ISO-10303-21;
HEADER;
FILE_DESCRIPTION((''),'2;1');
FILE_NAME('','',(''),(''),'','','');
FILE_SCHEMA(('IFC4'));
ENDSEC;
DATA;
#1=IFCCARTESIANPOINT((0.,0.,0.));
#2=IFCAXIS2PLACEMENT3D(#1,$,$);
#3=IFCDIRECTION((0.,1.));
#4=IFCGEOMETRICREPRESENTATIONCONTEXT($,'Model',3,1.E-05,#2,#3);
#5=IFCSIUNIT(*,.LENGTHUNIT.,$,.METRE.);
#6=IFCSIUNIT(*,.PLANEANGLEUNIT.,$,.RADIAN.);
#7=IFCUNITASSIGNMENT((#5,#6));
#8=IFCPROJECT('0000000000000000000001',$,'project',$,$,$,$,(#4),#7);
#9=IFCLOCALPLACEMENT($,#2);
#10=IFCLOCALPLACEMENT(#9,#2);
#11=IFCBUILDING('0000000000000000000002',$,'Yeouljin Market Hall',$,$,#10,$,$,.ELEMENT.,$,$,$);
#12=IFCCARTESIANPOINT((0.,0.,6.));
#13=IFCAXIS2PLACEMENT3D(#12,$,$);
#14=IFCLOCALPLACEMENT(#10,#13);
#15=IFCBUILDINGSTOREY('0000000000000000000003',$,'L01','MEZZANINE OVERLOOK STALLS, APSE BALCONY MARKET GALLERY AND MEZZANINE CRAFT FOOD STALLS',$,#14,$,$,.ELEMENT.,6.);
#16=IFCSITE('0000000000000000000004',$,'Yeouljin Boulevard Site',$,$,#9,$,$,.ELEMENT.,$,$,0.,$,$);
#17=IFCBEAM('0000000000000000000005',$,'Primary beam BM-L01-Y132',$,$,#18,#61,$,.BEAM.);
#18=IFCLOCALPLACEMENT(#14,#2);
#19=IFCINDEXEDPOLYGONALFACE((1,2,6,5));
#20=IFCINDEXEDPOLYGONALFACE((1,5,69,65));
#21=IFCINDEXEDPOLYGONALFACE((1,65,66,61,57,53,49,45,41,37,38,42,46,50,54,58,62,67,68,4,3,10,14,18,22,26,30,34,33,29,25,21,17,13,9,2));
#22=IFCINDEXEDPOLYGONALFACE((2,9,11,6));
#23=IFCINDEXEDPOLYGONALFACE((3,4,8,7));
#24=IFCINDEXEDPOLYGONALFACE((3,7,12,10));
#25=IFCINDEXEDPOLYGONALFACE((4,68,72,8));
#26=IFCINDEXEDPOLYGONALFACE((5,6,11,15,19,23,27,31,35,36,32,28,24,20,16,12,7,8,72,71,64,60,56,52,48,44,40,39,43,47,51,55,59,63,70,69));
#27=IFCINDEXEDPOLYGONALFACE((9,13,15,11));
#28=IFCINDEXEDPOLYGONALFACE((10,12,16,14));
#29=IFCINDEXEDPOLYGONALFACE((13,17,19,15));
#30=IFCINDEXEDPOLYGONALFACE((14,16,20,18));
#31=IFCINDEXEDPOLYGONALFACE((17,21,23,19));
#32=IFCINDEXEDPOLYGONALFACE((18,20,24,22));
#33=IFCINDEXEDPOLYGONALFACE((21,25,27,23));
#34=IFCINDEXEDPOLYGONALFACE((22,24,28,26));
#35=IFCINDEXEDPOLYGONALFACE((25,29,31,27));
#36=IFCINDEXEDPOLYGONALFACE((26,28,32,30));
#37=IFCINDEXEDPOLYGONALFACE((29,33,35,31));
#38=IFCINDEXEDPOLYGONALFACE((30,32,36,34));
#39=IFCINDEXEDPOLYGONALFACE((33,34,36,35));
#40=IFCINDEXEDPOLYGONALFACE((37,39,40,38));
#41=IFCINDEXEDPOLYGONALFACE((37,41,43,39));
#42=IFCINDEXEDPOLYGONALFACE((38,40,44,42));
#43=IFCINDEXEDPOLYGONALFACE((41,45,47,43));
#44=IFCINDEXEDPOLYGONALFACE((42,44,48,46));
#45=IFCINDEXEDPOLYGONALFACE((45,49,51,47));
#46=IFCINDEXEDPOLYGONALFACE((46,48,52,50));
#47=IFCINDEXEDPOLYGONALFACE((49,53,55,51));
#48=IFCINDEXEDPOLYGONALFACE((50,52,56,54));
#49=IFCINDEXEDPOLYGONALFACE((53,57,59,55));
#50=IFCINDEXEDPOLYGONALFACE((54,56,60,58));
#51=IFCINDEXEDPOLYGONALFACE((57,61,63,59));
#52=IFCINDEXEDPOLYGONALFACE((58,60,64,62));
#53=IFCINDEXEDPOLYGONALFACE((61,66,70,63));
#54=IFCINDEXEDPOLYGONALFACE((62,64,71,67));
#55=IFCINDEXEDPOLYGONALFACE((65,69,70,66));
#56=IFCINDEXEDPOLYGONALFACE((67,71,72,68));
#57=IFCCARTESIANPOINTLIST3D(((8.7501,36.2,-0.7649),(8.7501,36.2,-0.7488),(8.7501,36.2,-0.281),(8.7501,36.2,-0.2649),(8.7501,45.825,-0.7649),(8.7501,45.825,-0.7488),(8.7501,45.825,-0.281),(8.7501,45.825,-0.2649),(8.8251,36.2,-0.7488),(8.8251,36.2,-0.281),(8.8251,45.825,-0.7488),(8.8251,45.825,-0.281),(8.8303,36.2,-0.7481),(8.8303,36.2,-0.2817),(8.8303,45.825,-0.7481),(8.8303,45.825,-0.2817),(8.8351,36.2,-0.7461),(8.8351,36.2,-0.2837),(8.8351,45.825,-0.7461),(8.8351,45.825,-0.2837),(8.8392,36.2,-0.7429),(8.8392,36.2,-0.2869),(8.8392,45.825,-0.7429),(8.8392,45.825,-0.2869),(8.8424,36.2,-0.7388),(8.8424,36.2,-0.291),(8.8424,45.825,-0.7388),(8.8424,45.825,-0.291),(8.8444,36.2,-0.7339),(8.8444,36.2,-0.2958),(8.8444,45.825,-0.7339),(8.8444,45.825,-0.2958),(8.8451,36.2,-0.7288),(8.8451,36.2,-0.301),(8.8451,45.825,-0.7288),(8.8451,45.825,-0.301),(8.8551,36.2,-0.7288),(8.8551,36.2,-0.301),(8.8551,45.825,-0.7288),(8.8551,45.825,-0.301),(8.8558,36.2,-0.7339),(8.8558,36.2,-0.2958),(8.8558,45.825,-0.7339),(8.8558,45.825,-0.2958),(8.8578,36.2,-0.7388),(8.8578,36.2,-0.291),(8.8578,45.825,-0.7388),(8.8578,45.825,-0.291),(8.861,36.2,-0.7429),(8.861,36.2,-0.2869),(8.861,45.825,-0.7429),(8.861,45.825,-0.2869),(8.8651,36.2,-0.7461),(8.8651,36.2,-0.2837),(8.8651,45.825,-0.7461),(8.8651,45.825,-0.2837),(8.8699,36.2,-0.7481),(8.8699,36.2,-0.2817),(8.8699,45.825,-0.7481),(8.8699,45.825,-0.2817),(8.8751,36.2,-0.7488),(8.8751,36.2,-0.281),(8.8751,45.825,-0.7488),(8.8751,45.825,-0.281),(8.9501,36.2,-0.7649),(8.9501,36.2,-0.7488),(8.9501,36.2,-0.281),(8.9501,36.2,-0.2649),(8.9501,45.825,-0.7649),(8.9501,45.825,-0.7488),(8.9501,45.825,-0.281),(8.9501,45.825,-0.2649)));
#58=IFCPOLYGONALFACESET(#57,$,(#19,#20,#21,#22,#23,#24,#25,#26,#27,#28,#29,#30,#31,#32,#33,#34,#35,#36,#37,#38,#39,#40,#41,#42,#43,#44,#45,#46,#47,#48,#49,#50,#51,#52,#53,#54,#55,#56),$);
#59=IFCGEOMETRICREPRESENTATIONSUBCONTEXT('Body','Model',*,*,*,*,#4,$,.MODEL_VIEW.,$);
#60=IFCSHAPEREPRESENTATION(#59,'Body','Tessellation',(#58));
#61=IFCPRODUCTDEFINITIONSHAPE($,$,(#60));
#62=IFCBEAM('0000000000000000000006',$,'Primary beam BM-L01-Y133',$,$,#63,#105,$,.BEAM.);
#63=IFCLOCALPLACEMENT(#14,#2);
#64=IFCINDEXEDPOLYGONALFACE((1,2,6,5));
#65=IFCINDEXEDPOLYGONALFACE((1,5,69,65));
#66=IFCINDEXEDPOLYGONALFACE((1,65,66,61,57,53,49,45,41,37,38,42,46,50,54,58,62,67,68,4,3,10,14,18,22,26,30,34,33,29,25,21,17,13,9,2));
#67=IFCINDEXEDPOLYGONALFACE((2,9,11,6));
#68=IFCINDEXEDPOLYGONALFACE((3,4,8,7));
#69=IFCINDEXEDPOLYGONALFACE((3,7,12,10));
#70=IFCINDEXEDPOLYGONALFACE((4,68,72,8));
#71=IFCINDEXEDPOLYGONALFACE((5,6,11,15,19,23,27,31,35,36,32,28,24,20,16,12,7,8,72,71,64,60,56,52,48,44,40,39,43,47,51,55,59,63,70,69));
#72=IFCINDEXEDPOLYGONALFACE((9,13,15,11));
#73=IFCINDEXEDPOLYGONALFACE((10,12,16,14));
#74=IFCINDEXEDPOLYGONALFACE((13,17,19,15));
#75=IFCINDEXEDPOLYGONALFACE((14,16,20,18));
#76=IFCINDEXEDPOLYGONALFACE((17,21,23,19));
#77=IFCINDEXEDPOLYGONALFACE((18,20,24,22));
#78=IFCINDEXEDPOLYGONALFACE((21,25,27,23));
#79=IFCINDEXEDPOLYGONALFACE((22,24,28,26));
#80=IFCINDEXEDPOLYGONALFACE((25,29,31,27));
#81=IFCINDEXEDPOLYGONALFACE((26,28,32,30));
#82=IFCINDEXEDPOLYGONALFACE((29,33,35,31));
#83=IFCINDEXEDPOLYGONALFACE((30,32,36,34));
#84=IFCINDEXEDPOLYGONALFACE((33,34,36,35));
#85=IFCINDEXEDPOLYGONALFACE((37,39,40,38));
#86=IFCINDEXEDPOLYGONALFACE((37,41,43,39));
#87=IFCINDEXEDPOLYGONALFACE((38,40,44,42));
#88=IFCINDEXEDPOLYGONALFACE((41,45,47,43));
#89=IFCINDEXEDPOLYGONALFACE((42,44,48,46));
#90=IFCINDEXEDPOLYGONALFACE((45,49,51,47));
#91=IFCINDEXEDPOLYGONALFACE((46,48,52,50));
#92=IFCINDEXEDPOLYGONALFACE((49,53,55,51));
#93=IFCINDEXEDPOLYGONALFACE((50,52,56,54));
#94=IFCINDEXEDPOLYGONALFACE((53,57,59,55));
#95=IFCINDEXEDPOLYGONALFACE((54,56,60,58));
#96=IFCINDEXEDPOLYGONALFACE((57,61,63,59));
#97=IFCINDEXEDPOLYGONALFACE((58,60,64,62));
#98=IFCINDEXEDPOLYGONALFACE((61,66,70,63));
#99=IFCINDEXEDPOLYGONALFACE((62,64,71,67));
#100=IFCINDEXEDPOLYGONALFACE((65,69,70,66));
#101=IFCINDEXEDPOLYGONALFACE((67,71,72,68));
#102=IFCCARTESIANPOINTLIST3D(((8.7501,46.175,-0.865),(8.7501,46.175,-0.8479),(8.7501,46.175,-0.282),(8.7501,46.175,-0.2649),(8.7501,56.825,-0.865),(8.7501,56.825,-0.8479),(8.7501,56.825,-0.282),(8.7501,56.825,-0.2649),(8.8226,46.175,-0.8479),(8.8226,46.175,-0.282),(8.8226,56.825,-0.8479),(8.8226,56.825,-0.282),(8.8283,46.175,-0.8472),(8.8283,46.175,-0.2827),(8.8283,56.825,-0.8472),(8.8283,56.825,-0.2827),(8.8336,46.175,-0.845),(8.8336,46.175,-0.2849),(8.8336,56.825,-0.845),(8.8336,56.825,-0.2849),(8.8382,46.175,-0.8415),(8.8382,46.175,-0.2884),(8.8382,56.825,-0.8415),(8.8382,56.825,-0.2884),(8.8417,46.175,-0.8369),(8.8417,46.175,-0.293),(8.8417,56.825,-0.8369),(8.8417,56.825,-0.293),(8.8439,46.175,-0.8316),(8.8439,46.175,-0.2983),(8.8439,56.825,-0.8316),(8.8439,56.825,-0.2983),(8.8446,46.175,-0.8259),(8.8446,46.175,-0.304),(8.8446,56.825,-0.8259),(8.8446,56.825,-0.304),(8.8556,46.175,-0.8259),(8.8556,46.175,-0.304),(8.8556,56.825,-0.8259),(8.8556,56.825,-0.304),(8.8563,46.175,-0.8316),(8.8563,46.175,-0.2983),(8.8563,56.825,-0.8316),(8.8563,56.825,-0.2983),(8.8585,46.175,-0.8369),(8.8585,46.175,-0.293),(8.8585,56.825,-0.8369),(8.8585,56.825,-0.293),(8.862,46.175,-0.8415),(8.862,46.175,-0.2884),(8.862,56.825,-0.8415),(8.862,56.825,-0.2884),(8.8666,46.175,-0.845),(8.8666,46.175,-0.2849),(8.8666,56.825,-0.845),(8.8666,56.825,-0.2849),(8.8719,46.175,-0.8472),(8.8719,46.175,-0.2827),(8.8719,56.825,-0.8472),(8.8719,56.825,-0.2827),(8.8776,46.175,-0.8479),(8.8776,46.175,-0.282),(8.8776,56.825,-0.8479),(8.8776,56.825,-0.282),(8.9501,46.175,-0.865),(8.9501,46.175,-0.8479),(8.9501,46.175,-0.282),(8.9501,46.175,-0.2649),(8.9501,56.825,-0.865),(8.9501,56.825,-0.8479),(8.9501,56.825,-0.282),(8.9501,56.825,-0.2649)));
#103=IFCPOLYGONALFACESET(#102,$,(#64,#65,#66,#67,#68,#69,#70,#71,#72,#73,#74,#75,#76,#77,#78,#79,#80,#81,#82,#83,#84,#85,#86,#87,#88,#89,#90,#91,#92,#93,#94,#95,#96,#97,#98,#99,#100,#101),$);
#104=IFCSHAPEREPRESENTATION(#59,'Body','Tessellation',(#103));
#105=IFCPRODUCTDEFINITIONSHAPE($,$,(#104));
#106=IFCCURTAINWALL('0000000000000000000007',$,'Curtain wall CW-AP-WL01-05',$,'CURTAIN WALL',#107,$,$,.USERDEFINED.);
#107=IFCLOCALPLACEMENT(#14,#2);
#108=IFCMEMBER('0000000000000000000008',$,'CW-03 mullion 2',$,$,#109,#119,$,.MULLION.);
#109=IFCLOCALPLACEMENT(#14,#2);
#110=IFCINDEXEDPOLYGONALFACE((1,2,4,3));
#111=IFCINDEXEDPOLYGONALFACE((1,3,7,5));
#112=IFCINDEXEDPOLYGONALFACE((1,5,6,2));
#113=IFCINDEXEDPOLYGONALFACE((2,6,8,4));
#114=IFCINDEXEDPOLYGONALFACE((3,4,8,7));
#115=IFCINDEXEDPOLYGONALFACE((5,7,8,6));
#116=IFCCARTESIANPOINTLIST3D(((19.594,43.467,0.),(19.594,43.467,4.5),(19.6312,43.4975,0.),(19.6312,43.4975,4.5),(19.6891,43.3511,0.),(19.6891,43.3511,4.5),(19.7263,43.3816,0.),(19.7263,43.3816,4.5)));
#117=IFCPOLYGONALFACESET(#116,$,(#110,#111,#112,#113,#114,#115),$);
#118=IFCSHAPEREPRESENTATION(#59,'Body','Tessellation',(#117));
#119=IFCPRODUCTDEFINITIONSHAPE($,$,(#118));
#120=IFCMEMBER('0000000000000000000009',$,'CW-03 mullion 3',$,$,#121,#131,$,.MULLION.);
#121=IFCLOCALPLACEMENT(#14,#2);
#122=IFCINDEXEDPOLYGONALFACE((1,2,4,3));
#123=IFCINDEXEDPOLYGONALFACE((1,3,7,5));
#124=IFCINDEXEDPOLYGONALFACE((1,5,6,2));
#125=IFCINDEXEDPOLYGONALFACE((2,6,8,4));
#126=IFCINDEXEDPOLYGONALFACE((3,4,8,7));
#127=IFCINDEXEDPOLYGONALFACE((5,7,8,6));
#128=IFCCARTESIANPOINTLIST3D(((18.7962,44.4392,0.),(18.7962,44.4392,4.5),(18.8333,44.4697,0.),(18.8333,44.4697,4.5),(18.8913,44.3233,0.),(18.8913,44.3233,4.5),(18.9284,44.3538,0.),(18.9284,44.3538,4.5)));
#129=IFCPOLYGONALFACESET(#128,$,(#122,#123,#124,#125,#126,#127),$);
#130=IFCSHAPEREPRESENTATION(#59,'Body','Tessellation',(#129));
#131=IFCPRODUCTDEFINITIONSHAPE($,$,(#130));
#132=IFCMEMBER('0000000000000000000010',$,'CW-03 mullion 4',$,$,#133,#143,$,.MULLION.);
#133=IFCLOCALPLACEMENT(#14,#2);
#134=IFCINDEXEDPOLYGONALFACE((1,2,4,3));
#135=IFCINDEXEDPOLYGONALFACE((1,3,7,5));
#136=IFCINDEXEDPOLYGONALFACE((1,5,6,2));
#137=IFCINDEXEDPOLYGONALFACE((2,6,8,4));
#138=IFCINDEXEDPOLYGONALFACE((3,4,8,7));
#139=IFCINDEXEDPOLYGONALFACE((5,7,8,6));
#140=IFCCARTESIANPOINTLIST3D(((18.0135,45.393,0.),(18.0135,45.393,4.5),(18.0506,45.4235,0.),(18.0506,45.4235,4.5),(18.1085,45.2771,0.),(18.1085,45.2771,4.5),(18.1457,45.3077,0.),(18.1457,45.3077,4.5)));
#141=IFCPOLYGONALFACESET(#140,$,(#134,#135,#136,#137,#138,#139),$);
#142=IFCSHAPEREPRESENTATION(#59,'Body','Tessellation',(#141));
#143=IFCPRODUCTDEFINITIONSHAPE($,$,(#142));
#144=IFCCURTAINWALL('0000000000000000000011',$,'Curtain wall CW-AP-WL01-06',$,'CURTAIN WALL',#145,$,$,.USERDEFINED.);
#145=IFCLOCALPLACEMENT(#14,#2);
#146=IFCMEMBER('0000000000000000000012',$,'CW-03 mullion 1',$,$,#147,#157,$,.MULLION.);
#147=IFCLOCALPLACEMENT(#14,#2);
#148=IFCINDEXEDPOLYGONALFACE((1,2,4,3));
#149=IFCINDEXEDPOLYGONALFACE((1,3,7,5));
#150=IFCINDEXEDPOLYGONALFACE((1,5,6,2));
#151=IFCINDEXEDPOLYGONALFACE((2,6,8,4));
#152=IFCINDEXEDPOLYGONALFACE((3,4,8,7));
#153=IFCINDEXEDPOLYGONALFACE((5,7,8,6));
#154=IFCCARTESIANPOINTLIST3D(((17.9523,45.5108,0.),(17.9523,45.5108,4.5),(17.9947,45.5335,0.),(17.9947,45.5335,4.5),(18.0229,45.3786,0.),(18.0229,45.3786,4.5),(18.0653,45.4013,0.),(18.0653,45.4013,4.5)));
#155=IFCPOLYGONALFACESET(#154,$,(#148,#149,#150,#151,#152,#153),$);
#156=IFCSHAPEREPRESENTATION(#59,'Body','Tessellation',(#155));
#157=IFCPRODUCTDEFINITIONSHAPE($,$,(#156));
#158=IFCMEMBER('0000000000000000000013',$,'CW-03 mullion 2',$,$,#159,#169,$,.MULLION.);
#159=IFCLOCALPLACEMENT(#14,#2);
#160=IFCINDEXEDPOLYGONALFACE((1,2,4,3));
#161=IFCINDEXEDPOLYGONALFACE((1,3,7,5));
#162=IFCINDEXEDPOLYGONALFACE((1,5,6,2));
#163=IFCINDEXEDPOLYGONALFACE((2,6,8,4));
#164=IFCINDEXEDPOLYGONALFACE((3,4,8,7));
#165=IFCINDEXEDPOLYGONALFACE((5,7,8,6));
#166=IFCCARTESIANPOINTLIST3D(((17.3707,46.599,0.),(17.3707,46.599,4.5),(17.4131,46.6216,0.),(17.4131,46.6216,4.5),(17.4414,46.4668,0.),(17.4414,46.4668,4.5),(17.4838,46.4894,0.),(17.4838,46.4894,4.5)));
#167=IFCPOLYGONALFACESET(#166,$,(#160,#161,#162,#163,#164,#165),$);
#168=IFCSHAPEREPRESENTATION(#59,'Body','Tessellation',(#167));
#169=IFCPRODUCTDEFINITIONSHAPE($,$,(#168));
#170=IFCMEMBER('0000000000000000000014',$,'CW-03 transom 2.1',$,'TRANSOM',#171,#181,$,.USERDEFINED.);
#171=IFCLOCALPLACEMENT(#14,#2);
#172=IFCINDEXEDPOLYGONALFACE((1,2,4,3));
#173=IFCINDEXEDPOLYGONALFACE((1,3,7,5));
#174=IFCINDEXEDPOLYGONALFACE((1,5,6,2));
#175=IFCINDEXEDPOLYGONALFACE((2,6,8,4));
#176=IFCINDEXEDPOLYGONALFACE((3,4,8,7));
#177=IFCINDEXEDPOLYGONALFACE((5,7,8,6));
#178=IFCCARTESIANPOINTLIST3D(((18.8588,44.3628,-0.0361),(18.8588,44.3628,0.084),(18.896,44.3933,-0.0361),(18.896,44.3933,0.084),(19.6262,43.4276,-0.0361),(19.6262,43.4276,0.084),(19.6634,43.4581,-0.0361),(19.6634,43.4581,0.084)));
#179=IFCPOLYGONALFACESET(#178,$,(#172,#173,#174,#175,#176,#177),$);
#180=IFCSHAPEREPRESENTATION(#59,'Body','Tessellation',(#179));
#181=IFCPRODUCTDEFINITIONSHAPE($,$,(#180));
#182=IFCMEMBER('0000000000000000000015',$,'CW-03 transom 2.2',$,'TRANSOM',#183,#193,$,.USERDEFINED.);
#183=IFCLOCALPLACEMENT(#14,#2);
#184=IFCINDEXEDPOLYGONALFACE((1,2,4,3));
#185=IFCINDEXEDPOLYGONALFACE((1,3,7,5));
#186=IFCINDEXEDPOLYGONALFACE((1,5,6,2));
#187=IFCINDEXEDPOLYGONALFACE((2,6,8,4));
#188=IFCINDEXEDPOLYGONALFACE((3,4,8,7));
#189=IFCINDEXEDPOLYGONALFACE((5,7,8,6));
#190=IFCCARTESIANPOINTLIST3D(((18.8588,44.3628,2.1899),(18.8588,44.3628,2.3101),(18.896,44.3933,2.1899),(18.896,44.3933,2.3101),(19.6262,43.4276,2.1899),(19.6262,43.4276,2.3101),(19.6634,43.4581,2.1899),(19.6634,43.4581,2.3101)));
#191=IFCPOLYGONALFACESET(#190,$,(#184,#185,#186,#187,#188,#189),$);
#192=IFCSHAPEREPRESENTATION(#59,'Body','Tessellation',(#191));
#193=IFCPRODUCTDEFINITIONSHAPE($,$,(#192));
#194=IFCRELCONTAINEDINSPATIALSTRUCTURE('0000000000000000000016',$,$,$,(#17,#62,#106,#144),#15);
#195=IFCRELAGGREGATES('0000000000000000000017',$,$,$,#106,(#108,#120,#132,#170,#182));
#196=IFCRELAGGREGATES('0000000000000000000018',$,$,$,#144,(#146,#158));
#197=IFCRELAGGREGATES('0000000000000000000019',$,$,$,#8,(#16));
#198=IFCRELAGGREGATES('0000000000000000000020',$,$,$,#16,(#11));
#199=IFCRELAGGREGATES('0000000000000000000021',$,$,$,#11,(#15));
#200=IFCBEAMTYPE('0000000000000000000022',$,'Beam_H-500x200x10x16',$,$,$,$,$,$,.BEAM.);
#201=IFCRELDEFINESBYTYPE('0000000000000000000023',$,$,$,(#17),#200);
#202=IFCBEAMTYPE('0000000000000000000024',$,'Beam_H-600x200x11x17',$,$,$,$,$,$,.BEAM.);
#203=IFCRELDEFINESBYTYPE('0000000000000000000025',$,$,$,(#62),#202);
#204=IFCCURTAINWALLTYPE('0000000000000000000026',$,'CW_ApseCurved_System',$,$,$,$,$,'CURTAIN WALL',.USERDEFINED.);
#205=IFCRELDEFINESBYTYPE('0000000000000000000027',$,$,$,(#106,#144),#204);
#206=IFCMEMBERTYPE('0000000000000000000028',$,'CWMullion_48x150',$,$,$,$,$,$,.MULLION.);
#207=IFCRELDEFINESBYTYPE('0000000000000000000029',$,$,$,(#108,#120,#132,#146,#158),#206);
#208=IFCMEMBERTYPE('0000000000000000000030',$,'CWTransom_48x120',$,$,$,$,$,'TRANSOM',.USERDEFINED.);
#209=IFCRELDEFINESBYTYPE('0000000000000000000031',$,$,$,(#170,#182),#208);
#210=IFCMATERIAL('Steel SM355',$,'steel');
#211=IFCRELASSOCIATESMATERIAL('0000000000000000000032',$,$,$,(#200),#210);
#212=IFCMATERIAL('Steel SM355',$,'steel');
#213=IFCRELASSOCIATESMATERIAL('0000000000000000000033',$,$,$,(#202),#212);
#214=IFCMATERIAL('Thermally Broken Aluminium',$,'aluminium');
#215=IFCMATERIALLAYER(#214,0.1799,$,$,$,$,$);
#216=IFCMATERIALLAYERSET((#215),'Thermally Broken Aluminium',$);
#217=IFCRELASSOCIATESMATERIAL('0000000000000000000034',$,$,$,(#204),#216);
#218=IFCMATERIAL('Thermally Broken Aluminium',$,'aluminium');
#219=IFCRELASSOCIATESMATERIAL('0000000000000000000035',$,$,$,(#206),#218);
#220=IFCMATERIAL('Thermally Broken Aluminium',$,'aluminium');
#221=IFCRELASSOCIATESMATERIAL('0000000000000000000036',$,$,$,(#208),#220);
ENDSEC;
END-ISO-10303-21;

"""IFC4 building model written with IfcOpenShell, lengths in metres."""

from ifc_helpers import new_model, si_unit, direction, frame, origin, origin_2d, place, context, subcontext, project, spatial, rectangle, i_section, extrude, material, layer, layer_set, material_profile, profile_set, type_object, element, aggregate, save


model = new_model("IFC4")

# Units and contexts
model_context = context("Model", 3, precision=1e-05, world=origin(), true_north=direction((0.0, 1.0)))
body_context = subcontext(model_context, "Body", "Model", "MODEL_VIEW")
ifc_project = project(units=[si_unit("LENGTHUNIT", "METRE"), si_unit("PLANEANGLEUNIT", "RADIAN")], contexts=[model_context])

# Site, building, storey
site_placement = place(None, origin())
site = spatial("IfcSite", under=ifc_project, at=site_placement, Name="Yeouljin Boulevard Site", CompositionType="ELEMENT", RefElevation=0.0)
building_placement = place(site_placement, origin())
building = spatial("IfcBuilding", under=site, at=building_placement, Name="Yeouljin Market Hall", CompositionType="ELEMENT")
storey_placement = place(building_placement, frame((0.0, 0.0, 6.0)))
storey = spatial("IfcBuildingStorey", under=building, at=storey_placement, Name="L01", Description="MEZZANINE OVERLOOK STALLS, APSE BALCONY MARKET GALLERY AND MEZZANINE CRAFT FOOD STALLS", CompositionType="ELEMENT", Elevation=6.0)

# Beams
ifc_material_1 = material(Name="Steel SM355", Category="steel")
ifc_material_profile_1 = material_profile(ifc_material_1, i_section(OverallWidth=0.2, OverallDepth=0.5, WebThickness=0.01, FlangeThickness=0.0161, FilletRadius=0.02, at=origin_2d()), Name="H-500x200x10x16")
ifc_profile_set_1 = profile_set([ifc_material_profile_1], Name="Steel SM355")
beam_type_1 = type_object("IfcBeamType", Name="Beam_H-500x200x10x16", PredefinedType="BEAM", material=ifc_profile_set_1)
beam_1_placement = place(storey_placement, frame((8.8501, 36.2, -0.5149), z_axis=(0.0, 1.0, 0.0), x_axis=(-1.0, 0.0, 0.0)))
element("IfcBeam", 1, at=beam_1_placement, inside=storey, type_object=beam_type_1, Name="Primary beam BM-L01-Y132", PredefinedType="BEAM", context=body_context, shape_type="SweptSolid", body=[
    extrude(i_section(OverallWidth=0.2, OverallDepth=0.5, WebThickness=0.01, FlangeThickness=0.0161, FilletRadius=0.02, at=origin_2d()), origin(), (0.0, 0.0, 1.0), 9.625),
])
ifc_material_2 = material(Name="Steel SM355", Category="steel")
ifc_material_profile_2 = material_profile(ifc_material_2, i_section(OverallWidth=0.2, OverallDepth=0.6001, WebThickness=0.011, FlangeThickness=0.0171, FilletRadius=0.022, at=origin_2d()), Name="H-600x200x11x17")
ifc_profile_set_2 = profile_set([ifc_material_profile_2], Name="Steel SM355")
beam_type_2 = type_object("IfcBeamType", Name="Beam_H-600x200x11x17", PredefinedType="BEAM", material=ifc_profile_set_2)
beam_2_placement = place(storey_placement, frame((8.8501, 46.175, -0.5649), z_axis=(0.0, 1.0, 0.0), x_axis=(-1.0, 0.0, 0.0)))
element("IfcBeam", 2, at=beam_2_placement, inside=storey, type_object=beam_type_2, Name="Primary beam BM-L01-Y133", PredefinedType="BEAM", context=body_context, shape_type="SweptSolid", body=[
    extrude(i_section(OverallWidth=0.2, OverallDepth=0.6001, WebThickness=0.011, FlangeThickness=0.0171, FilletRadius=0.022, at=origin_2d()), origin(), (0.0, 0.0, 1.0), 10.6499),
])

# Curtain walls, members
ifc_material_3 = material(Name="Thermally Broken Aluminium", Category="aluminium")
ifc_layer_1 = layer(ifc_material_3, 0.1799)
ifc_layer_set_1 = layer_set([ifc_layer_1], Name="Thermally Broken Aluminium")
curtain_wall_type = type_object("IfcCurtainWallType", Name="CW_ApseCurved_System", ElementType="CURTAIN WALL", PredefinedType="USERDEFINED", material=ifc_layer_set_1)
curtain_wall_1_placement = place(storey_placement, origin())
curtain_wall_1 = element("IfcCurtainWall", 3, at=curtain_wall_1_placement, inside=storey, type_object=curtain_wall_type, Name="Curtain wall CW-AP-WL01-05", ObjectType="CURTAIN WALL", PredefinedType="USERDEFINED")
ifc_material_4 = material(Name="Thermally Broken Aluminium", Category="aluminium")
ifc_material_profile_3 = material_profile(ifc_material_4, rectangle(XDim=0.0481, YDim=0.1499, at=origin_2d()), Name="CW-MULL-48x150")
ifc_profile_set_3 = profile_set([ifc_material_profile_3], Name="Thermally Broken Aluminium")
member_type_1 = type_object("IfcMemberType", Name="CWMullion_48x150", PredefinedType="MULLION", material=ifc_profile_set_3)
member_1_placement = place(storey_placement, frame((19.6602, 43.4243, 0.0), z_axis=(0.0, 0.0, 1.0), x_axis=(-0.773018, -0.634384, 0.0)))
member_1 = element("IfcMember", 4, at=member_1_placement, type_object=member_type_1, Name="CW-03 mullion 2", PredefinedType="MULLION", context=body_context, shape_type="SweptSolid", body=[
    extrude(rectangle(XDim=0.0481, YDim=0.1499, at=origin_2d()), origin(), (0.0, 0.0, 1.0), 4.5),
])
member_2_placement = place(storey_placement, frame((18.8623, 44.3965, 0.0), z_axis=(0.0, 0.0, 1.0), x_axis=(-0.773018, -0.634384, 0.0)))
member_2 = element("IfcMember", 5, at=member_2_placement, type_object=member_type_1, Name="CW-03 mullion 3", PredefinedType="MULLION", context=body_context, shape_type="SweptSolid", body=[
    extrude(rectangle(XDim=0.0481, YDim=0.1499, at=origin_2d()), origin(), (0.0, 0.0, 1.0), 4.5),
])
member_3_placement = place(storey_placement, frame((18.0796, 45.3503, 0.0), z_axis=(0.0, 0.0, 1.0), x_axis=(-0.773018, -0.634384, 0.0)))
member_3 = element("IfcMember", 6, at=member_3_placement, type_object=member_type_1, Name="CW-03 mullion 4", PredefinedType="MULLION", context=body_context, shape_type="SweptSolid", body=[
    extrude(rectangle(XDim=0.0481, YDim=0.1499, at=origin_2d()), origin(), (0.0, 0.0, 1.0), 4.5),
])
curtain_wall_2_placement = place(storey_placement, origin())
curtain_wall_2 = element("IfcCurtainWall", 7, at=curtain_wall_2_placement, inside=storey, type_object=curtain_wall_type, Name="Curtain wall CW-AP-WL01-06", ObjectType="CURTAIN WALL", PredefinedType="USERDEFINED")
member_4_placement = place(storey_placement, frame((18.0088, 45.4561, 0.0), z_axis=(0.0, 0.0, 1.0), x_axis=(-0.881931, -0.471378, 0.0)))
member_4 = element("IfcMember", 8, at=member_4_placement, type_object=member_type_1, Name="CW-03 mullion 1", PredefinedType="MULLION", context=body_context, shape_type="SweptSolid", body=[
    extrude(rectangle(XDim=0.0481, YDim=0.1499, at=origin_2d()), origin(), (0.0, 0.0, 1.0), 4.5),
])
member_5_placement = place(storey_placement, frame((17.4272, 46.5442, 0.0), z_axis=(0.0, 0.0, 1.0), x_axis=(-0.881931, -0.471378, 0.0)))
member_5 = element("IfcMember", 9, at=member_5_placement, type_object=member_type_1, Name="CW-03 mullion 2", PredefinedType="MULLION", context=body_context, shape_type="SweptSolid", body=[
    extrude(rectangle(XDim=0.0481, YDim=0.1499, at=origin_2d()), origin(), (0.0, 0.0, 1.0), 4.5),
])

# Members
ifc_material_5 = material(Name="Thermally Broken Aluminium", Category="aluminium")
ifc_material_profile_4 = material_profile(ifc_material_5, rectangle(XDim=0.0481, YDim=0.1201, at=origin_2d()), Name="CW-TRAN-48x120")
ifc_profile_set_4 = profile_set([ifc_material_profile_4], Name="Thermally Broken Aluminium")
member_type_2 = type_object("IfcMemberType", Name="CWTransom_48x120", ElementType="TRANSOM", PredefinedType="USERDEFINED", material=ifc_profile_set_4)
member_6_placement = place(storey_placement, frame((19.6448, 43.4429, 0.0239), z_axis=(-0.634369, 0.77303, 0.0), x_axis=(-0.77303, -0.634369, 0.0)))
member_6 = element("IfcMember", 10, at=member_6_placement, type_object=member_type_2, Name="CW-03 transom 2.1", ObjectType="TRANSOM", PredefinedType="USERDEFINED", context=body_context, shape_type="SweptSolid", body=[
    extrude(rectangle(XDim=0.0481, YDim=0.1201, at=origin_2d()), origin(), (0.0, 0.0, 1.0), 1.2097),
])
member_7_placement = place(storey_placement, frame((19.6448, 43.4429, 2.25), z_axis=(-0.634369, 0.77303, 0.0), x_axis=(-0.77303, -0.634369, 0.0)))
member_7 = element("IfcMember", 11, at=member_7_placement, type_object=member_type_2, Name="CW-03 transom 2.2", ObjectType="TRANSOM", PredefinedType="USERDEFINED", context=body_context, shape_type="SweptSolid", body=[
    extrude(rectangle(XDim=0.0481, YDim=0.1201, at=origin_2d()), origin(), (0.0, 0.0, 1.0), 1.2097),
])

aggregate(curtain_wall_1, [member_1, member_2, member_3, member_6, member_7])
aggregate(curtain_wall_2, [member_4, member_5])

save(model, "model.ifc")
